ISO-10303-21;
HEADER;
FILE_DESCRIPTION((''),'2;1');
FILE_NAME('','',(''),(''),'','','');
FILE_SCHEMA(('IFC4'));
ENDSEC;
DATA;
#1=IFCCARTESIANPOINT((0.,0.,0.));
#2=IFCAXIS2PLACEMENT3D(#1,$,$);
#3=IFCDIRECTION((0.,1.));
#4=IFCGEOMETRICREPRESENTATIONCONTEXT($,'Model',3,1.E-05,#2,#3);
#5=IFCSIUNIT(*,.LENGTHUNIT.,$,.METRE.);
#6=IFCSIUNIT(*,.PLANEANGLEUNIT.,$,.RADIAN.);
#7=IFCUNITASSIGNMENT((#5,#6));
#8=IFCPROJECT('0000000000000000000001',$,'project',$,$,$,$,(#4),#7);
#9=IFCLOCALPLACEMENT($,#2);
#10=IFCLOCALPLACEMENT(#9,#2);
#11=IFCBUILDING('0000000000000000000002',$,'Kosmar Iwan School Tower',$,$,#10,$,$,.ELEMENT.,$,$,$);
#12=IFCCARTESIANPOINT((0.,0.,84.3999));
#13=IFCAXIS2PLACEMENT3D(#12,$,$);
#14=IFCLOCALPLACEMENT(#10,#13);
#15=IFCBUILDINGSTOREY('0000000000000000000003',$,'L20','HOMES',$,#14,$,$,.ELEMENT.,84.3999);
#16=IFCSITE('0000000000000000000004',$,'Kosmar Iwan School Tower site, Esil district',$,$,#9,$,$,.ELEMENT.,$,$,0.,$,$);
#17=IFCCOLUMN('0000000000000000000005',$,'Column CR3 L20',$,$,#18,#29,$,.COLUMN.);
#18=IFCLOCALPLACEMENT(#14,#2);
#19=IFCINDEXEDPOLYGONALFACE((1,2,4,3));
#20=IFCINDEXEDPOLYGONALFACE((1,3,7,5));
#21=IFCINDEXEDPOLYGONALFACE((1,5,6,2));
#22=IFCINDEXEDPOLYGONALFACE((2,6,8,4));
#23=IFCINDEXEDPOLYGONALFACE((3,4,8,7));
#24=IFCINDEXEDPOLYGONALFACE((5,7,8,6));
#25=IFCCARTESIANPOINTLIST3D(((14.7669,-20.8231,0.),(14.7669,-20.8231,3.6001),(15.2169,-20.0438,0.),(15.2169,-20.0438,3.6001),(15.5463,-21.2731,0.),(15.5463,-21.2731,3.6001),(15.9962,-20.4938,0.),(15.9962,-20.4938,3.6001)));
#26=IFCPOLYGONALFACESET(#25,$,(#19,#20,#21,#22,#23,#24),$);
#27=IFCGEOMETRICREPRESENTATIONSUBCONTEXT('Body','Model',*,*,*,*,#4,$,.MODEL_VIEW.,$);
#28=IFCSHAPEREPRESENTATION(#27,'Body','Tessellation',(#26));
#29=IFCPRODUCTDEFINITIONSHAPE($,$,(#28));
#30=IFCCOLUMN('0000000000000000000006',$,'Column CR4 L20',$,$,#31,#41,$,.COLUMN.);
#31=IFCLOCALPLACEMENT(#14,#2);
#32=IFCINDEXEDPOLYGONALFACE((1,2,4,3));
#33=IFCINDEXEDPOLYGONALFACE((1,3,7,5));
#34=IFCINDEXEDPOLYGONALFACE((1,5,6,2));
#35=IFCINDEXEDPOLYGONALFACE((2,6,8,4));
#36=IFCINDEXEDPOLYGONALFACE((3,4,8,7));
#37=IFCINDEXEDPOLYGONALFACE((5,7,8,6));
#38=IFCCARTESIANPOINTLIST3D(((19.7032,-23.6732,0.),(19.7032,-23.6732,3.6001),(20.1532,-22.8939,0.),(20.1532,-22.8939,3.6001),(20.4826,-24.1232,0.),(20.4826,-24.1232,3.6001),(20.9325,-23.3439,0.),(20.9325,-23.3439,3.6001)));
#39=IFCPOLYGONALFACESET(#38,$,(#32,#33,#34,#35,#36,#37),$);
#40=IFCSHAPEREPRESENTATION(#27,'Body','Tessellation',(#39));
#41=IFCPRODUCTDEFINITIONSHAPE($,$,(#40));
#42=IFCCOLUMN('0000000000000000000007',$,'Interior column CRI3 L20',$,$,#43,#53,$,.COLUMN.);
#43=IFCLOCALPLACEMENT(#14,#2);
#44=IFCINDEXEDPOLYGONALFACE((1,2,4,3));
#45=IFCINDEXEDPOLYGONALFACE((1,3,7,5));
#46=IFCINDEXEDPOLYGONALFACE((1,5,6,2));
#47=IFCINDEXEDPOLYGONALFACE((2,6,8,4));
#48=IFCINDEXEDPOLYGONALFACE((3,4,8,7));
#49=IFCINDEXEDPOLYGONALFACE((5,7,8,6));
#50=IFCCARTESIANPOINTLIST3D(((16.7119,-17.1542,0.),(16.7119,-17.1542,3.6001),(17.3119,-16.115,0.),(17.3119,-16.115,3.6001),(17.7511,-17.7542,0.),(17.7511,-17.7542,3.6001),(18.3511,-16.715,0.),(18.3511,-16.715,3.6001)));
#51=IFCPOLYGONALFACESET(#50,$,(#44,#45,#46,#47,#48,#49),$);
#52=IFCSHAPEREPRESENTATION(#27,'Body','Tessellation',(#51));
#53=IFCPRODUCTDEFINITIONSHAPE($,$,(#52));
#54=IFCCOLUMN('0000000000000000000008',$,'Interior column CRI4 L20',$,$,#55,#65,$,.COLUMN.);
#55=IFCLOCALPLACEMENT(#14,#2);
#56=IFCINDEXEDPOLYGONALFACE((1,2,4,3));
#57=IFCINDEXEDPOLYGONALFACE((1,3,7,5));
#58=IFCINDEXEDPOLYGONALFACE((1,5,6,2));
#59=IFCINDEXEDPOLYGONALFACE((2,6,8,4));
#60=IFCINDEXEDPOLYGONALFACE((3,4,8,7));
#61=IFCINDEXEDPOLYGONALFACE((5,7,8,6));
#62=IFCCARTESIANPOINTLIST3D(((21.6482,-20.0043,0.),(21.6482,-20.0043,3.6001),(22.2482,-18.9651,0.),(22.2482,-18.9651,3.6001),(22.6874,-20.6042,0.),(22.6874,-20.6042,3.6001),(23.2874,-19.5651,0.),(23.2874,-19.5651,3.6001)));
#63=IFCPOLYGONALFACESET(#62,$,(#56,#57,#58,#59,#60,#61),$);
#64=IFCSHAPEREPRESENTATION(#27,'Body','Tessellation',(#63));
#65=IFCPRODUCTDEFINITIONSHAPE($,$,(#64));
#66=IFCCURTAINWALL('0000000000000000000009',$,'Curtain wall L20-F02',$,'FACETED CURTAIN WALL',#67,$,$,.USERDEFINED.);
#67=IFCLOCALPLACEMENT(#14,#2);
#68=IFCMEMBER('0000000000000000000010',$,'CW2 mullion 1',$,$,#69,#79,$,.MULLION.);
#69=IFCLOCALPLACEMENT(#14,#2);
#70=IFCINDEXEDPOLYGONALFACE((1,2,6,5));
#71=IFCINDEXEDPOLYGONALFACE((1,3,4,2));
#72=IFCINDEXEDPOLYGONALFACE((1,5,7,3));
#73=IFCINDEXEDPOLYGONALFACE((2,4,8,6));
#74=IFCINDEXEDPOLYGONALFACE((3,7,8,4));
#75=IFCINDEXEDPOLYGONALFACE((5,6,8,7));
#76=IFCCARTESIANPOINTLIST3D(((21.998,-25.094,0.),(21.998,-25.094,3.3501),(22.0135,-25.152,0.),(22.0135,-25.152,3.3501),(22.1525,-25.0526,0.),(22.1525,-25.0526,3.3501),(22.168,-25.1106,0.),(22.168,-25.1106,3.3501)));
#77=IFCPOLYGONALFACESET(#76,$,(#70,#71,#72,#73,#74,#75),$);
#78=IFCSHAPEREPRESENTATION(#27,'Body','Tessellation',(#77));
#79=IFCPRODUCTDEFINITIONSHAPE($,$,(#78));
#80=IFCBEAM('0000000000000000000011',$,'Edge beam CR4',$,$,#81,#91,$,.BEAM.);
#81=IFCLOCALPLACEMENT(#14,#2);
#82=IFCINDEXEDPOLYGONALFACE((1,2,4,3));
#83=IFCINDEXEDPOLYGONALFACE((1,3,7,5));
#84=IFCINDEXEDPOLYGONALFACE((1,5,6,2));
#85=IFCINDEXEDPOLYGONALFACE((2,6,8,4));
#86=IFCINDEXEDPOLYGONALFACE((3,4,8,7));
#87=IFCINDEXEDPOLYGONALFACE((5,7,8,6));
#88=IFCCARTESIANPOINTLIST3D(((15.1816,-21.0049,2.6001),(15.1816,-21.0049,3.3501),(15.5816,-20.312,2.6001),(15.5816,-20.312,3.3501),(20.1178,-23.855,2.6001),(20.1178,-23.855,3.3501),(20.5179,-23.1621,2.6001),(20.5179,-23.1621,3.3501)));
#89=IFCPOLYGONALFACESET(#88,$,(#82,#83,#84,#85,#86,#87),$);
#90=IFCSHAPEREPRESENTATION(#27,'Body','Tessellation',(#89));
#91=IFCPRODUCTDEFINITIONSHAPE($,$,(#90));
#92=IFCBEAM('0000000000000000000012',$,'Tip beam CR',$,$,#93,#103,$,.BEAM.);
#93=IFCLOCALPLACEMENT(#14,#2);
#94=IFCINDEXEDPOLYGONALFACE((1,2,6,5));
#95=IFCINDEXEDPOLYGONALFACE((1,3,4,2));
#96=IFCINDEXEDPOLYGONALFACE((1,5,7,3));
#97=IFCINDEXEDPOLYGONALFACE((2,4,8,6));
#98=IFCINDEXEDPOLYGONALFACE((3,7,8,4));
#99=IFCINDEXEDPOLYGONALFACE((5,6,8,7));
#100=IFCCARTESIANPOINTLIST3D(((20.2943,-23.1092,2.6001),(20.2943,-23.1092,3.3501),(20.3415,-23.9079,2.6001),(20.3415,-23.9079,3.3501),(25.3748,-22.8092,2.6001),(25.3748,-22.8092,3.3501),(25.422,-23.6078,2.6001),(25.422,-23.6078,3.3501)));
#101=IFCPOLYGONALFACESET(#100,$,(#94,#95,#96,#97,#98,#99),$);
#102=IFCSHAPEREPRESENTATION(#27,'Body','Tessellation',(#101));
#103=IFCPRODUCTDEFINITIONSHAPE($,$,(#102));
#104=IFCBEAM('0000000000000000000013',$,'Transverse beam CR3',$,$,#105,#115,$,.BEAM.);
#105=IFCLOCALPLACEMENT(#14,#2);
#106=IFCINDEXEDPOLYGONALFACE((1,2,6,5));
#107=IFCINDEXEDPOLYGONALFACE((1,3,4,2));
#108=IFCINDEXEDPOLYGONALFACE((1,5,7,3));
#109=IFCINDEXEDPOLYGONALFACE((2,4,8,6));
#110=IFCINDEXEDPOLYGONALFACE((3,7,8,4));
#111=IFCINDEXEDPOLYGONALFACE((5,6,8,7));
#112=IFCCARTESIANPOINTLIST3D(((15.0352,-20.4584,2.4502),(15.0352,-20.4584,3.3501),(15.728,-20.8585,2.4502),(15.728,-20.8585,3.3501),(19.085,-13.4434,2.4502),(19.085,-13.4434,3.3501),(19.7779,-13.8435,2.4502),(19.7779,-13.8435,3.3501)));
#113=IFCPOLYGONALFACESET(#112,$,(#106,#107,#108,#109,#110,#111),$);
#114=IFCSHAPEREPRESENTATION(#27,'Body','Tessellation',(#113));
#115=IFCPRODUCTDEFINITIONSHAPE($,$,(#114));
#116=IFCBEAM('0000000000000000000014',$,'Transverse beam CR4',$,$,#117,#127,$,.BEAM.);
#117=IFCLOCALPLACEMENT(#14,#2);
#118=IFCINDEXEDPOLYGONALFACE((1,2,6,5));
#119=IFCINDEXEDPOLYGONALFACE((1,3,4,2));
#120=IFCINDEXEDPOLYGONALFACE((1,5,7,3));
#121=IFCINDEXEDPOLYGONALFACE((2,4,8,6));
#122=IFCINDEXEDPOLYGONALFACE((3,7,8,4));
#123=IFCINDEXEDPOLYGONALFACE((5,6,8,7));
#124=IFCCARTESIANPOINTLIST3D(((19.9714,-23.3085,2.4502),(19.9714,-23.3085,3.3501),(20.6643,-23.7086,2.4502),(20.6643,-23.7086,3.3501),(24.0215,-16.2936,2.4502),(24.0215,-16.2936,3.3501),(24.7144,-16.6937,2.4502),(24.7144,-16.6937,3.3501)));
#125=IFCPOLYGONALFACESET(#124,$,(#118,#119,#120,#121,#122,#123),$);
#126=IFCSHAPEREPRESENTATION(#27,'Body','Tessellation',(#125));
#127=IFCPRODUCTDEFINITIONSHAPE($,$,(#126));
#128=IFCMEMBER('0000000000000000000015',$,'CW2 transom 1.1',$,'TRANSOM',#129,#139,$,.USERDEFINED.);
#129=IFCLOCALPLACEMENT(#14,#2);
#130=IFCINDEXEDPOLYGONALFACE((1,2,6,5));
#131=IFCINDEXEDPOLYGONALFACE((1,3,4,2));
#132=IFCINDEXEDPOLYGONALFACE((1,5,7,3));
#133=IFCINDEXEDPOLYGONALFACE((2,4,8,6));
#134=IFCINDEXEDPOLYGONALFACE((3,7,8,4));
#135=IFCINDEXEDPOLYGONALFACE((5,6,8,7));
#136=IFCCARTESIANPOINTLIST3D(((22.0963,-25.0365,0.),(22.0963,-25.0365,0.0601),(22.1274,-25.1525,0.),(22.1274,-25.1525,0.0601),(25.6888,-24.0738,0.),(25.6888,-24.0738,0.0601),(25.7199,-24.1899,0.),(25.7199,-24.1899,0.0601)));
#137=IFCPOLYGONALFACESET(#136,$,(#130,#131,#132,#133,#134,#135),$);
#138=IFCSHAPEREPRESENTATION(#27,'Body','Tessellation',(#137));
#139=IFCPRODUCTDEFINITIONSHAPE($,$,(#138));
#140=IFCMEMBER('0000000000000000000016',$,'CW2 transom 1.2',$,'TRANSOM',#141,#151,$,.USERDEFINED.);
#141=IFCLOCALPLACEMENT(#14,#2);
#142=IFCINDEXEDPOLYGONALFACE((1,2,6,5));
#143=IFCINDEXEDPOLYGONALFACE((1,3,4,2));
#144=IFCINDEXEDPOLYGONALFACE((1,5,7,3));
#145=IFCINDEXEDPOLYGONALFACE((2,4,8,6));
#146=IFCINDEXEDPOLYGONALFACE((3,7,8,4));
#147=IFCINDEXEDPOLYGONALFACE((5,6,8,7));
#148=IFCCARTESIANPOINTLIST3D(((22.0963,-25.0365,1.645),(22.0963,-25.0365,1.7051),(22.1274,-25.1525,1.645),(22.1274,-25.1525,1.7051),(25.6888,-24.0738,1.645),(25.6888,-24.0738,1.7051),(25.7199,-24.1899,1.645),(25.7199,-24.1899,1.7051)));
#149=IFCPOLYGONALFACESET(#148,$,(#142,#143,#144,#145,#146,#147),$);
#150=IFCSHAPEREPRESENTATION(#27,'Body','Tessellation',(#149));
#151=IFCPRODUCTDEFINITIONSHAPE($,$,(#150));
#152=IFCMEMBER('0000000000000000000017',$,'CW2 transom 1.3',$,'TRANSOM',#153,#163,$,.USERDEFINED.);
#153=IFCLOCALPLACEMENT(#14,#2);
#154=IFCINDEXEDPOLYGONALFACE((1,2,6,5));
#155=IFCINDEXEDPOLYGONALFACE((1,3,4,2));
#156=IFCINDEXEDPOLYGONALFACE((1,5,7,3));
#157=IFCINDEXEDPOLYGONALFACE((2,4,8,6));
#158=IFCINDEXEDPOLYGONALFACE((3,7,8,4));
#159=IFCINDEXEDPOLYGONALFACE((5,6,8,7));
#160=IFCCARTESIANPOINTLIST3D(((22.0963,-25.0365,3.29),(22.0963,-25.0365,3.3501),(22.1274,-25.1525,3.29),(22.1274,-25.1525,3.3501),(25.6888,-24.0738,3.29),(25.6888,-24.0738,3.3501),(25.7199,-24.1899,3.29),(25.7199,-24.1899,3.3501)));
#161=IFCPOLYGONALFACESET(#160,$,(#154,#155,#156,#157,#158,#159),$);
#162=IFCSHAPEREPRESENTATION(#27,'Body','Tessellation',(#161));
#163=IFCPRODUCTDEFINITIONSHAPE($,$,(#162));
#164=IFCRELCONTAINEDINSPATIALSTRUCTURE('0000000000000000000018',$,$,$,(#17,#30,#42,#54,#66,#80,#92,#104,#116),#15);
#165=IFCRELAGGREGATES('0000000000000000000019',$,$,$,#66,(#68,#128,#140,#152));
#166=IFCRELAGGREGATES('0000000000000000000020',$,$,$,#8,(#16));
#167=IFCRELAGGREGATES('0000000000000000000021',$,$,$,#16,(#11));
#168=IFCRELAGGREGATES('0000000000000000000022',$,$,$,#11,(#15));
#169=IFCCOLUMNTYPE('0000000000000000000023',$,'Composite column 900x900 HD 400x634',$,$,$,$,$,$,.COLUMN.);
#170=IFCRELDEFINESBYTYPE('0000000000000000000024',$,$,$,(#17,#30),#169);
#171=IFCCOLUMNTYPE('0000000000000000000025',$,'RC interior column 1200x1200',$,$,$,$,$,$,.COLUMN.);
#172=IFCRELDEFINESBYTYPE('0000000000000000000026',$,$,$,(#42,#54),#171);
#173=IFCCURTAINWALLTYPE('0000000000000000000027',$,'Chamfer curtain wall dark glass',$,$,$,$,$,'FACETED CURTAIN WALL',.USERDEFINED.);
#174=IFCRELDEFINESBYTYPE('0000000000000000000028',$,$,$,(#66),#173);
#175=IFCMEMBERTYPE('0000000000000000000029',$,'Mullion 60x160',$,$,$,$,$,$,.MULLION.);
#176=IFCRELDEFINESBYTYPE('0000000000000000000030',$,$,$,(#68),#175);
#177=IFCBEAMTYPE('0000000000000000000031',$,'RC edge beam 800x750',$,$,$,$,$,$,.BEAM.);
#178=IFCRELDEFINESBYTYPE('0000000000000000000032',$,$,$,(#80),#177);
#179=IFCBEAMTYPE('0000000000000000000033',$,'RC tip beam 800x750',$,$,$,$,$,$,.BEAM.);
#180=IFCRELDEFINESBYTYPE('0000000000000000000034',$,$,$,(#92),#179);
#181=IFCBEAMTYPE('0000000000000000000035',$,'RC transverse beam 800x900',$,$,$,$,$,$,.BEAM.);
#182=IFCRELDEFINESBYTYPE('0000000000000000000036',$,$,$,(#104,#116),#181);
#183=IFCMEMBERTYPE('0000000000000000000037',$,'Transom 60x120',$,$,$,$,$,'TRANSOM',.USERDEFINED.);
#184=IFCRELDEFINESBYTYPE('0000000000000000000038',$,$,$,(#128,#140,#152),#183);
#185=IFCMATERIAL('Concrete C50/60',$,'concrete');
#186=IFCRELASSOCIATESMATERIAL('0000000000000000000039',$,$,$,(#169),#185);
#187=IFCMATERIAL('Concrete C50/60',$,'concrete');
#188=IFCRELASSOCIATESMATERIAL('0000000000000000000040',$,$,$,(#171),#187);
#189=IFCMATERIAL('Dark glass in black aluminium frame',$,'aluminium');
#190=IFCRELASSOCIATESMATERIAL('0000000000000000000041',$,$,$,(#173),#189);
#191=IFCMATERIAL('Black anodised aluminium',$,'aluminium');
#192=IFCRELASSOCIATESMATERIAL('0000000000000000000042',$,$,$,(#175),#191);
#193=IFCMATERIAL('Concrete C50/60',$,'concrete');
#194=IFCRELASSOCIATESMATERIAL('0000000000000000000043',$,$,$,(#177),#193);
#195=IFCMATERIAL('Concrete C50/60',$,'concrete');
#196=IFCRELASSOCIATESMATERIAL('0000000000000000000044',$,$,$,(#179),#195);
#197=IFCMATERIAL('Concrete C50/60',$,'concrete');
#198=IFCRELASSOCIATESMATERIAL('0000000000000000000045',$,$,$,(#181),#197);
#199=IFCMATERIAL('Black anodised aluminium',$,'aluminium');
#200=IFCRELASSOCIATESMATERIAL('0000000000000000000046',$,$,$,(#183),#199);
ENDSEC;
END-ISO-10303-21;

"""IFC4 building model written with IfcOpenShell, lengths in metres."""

from ifc_helpers import new_model, si_unit, direction, frame, origin, origin_2d, place, context, subcontext, project, spatial, rectangle, extrude, material, material_profile, profile_set, type_object, element, aggregate, save


model = new_model("IFC4")

# Units and contexts
model_context = context("Model", 3, precision=1e-05, world=origin(), true_north=direction((0.0, 1.0)))
body_context = subcontext(model_context, "Body", "Model", "MODEL_VIEW")
ifc_project = project(units=[si_unit("LENGTHUNIT", "METRE"), si_unit("PLANEANGLEUNIT", "RADIAN")], contexts=[model_context])

# Site, building, storey
site_placement = place(None, origin())
site = spatial("IfcSite", under=ifc_project, at=site_placement, Name="Kosmar Iwan School Tower site, Esil district", CompositionType="ELEMENT", RefElevation=0.0)
building_placement = place(site_placement, origin())
building = spatial("IfcBuilding", under=site, at=building_placement, Name="Kosmar Iwan School Tower", CompositionType="ELEMENT")
storey_placement = place(building_placement, frame((0.0, 0.0, 84.3999)))
storey = spatial("IfcBuildingStorey", under=building, at=storey_placement, Name="L20", Description="HOMES", CompositionType="ELEMENT", Elevation=84.3999)

# Columns
ifc_material_1 = material(Name="Concrete C50/60", Category="concrete")
ifc_material_profile_1 = material_profile(ifc_material_1, rectangle(XDim=0.8999, YDim=0.8999, at=origin_2d()), Name="RC 900x900 + HD 400x634")
ifc_profile_set_1 = profile_set([ifc_material_profile_1], Name="Concrete C50/60")
column_type_1 = type_object("IfcColumnType", Name="Composite column 900x900 HD 400x634", PredefinedType="COLUMN", material=ifc_profile_set_1)
for number, where, z_axis, x_axis, name in (
    (1, (15.3816, -20.6584, 0.0), (0.0, 0.0, 1.0), (0.866025, -0.5, 0.0), "Column CR3 L20"),
    (2, (20.3179, -23.5085, 0.0), (0.0, 0.0, 1.0), (0.866025, -0.5, 0.0), "Column CR4 L20"),
):
    element("IfcColumn", number, at=place(storey_placement, frame(where, z_axis=z_axis, x_axis=x_axis)), inside=storey, type_object=column_type_1, Name=name, PredefinedType="COLUMN", context=body_context, shape_type="SweptSolid", body=[
        extrude(rectangle(XDim=0.8999, YDim=0.8999, at=origin_2d()), origin(), (0.0, 0.0, 1.0), 3.6001),
    ])
ifc_material_2 = material(Name="Concrete C50/60", Category="concrete")
ifc_material_profile_2 = material_profile(ifc_material_2, rectangle(XDim=1.2, YDim=1.2, at=origin_2d()), Name="RC 1200x1200")
ifc_profile_set_2 = profile_set([ifc_material_profile_2], Name="Concrete C50/60")
column_type_2 = type_object("IfcColumnType", Name="RC interior column 1200x1200", PredefinedType="COLUMN", material=ifc_profile_set_2)
for number, where, z_axis, x_axis, name in (
    (3, (17.5315, -16.9346, 0.0), (0.0, 0.0, 1.0), (0.866025, -0.5, 0.0), "Interior column CRI3 L20"),
    (4, (22.4678, -19.7847, 0.0), (0.0, 0.0, 1.0), (0.866025, -0.5, 0.0), "Interior column CRI4 L20"),
):
    element("IfcColumn", number, at=place(storey_placement, frame(where, z_axis=z_axis, x_axis=x_axis)), inside=storey, type_object=column_type_2, Name=name, PredefinedType="COLUMN", context=body_context, shape_type="SweptSolid", body=[
        extrude(rectangle(XDim=1.2, YDim=1.2, at=origin_2d()), origin(), (0.0, 0.0, 1.0), 3.6001),
    ])

# Curtain wall, member
ifc_material_3 = material(Name="Dark glass in black aluminium frame", Category="aluminium")
curtain_wall_type = type_object("IfcCurtainWallType", Name="Chamfer curtain wall dark glass", ElementType="FACETED CURTAIN WALL", PredefinedType="USERDEFINED", material=ifc_material_3)
curtain_wall_placement = place(storey_placement, origin())
curtain_wall = element("IfcCurtainWall", 5, at=curtain_wall_placement, inside=storey, type_object=curtain_wall_type, Name="Curtain wall L20-F02", ObjectType="FACETED CURTAIN WALL", PredefinedType="USERDEFINED")
ifc_material_4 = material(Name="Black anodised aluminium", Category="aluminium")
ifc_material_profile_3 = material_profile(ifc_material_4, rectangle(XDim=0.0601, YDim=0.1599, at=origin_2d()), Name="MULLION 60x160")
ifc_profile_set_3 = profile_set([ifc_material_profile_3], Name="Black anodised aluminium")
member_type_1 = type_object("IfcMemberType", Name="Mullion 60x160", PredefinedType="MULLION", material=ifc_profile_set_3)
member_1_placement = place(storey_placement, frame((22.083, -25.1023, 0.0), z_axis=(0.0, 0.0, 1.0), x_axis=(-0.258819, 0.965926, 0.0)))
member_1 = element("IfcMember", 6, at=member_1_placement, type_object=member_type_1, Name="CW2 mullion 1", PredefinedType="MULLION", context=body_context, shape_type="SweptSolid", body=[
    extrude(rectangle(XDim=0.0601, YDim=0.1599, at=origin_2d()), origin(), (0.0, 0.0, 1.0), 3.3501),
])

# Beams
ifc_material_5 = material(Name="Concrete C50/60", Category="concrete")
ifc_material_profile_4 = material_profile(ifc_material_5, rectangle(XDim=0.8, YDim=0.75, at=origin_2d()), Name="RC 800x750")
ifc_profile_set_4 = profile_set([ifc_material_profile_4], Name="Concrete C50/60")
beam_type_1 = type_object("IfcBeamType", Name="RC edge beam 800x750", PredefinedType="BEAM", material=ifc_profile_set_4)
beam_1_placement = place(storey_placement, frame((15.3816, -20.6584, 2.9751), z_axis=(0.866015, -0.500018, 0.0), x_axis=(0.500018, 0.866015, 0.0)))
element("IfcBeam", 7, at=beam_1_placement, inside=storey, type_object=beam_type_1, Name="Edge beam CR4", PredefinedType="BEAM", context=body_context, shape_type="SweptSolid", body=[
    extrude(rectangle(XDim=0.8, YDim=0.75, at=origin_2d()), origin(), (0.0, 0.0, 1.0), 5.7),
])
ifc_material_6 = material(Name="Concrete C50/60", Category="concrete")
ifc_material_profile_5 = material_profile(ifc_material_6, rectangle(XDim=0.8, YDim=0.75, at=origin_2d()), Name="RC 800x750")
ifc_profile_set_5 = profile_set([ifc_material_profile_5], Name="Concrete C50/60")
beam_type_2 = type_object("IfcBeamType", Name="RC tip beam 800x750", PredefinedType="BEAM", material=ifc_profile_set_5)
beam_2_placement = place(storey_placement, frame((20.3179, -23.5085, 2.9751), z_axis=(0.998261, 0.058955, 0.0), x_axis=(-0.058955, 0.998261, 0.0)))
element("IfcBeam", 8, at=beam_2_placement, inside=storey, type_object=beam_type_2, Name="Tip beam CR", PredefinedType="BEAM", context=body_context, shape_type="SweptSolid", body=[
    extrude(rectangle(XDim=0.8, YDim=0.75, at=origin_2d()), origin(), (0.0, 0.0, 1.0), 5.0894),
])
ifc_material_7 = material(Name="Concrete C50/60", Category="concrete")
ifc_material_profile_6 = material_profile(ifc_material_7, rectangle(XDim=0.8, YDim=0.8999, at=origin_2d()), Name="RC 800x900")
ifc_profile_set_6 = profile_set([ifc_material_profile_6], Name="Concrete C50/60")
beam_type_3 = type_object("IfcBeamType", Name="RC transverse beam 800x900", PredefinedType="BEAM", material=ifc_profile_set_6)
for number, where, z_axis, x_axis, name in (
    (9, (15.3816, -20.6584, 2.9001), (0.499977, 0.866039, 0.0), (-0.866039, 0.499977, 0.0), "Transverse beam CR3"),
    (10, (20.3179, -23.5085, 2.9001), (0.5, 0.866025, 0.0), (-0.866025, 0.5, 0.0), "Transverse beam CR4"),
):
    element("IfcBeam", number, at=place(storey_placement, frame(where, z_axis=z_axis, x_axis=x_axis)), inside=storey, type_object=beam_type_3, Name=name, PredefinedType="BEAM", context=body_context, shape_type="SweptSolid", body=[
        extrude(rectangle(XDim=0.8, YDim=0.8999, at=origin_2d()), origin(), (0.0, 0.0, 1.0), 8.1001),
    ])

# Members
ifc_material_8 = material(Name="Black anodised aluminium", Category="aluminium")
ifc_material_profile_7 = material_profile(ifc_material_8, rectangle(XDim=0.1201, YDim=0.0601, at=origin_2d()), Name="TRANSOM 60x120")
ifc_profile_set_7 = profile_set([ifc_material_profile_7], Name="Black anodised aluminium")
member_type_2 = type_object("IfcMemberType", Name="Transom 60x120", ElementType="TRANSOM", PredefinedType="USERDEFINED", material=ifc_profile_set_7)
member_2_placement = place(storey_placement, frame((22.1118, -25.0945, 0.03), z_axis=(0.965924, 0.258827, 0.0), x_axis=(-0.258827, 0.965924, 0.0)))
member_2 = element("IfcMember", 11, at=member_2_placement, type_object=member_type_2, Name="CW2 transom 1.1", ObjectType="TRANSOM", PredefinedType="USERDEFINED", context=body_context, shape_type="SweptSolid", body=[
    extrude(rectangle(XDim=0.1201, YDim=0.0601, at=origin_2d()), origin(), (0.0, 0.0, 1.0), 3.7192),
])
member_3_placement = place(storey_placement, frame((22.1118, -25.0945, 1.675), z_axis=(0.965924, 0.258827, 0.0), x_axis=(-0.258827, 0.965924, 0.0)))
member_3 = element("IfcMember", 12, at=member_3_placement, type_object=member_type_2, Name="CW2 transom 1.2", ObjectType="TRANSOM", PredefinedType="USERDEFINED", context=body_context, shape_type="SweptSolid", body=[
    extrude(rectangle(XDim=0.1201, YDim=0.0601, at=origin_2d()), origin(), (0.0, 0.0, 1.0), 3.7192),
])
member_4_placement = place(storey_placement, frame((22.1118, -25.0945, 3.3201), z_axis=(0.965924, 0.258827, 0.0), x_axis=(-0.258827, 0.965924, 0.0)))
member_4 = element("IfcMember", 13, at=member_4_placement, type_object=member_type_2, Name="CW2 transom 1.3", ObjectType="TRANSOM", PredefinedType="USERDEFINED", context=body_context, shape_type="SweptSolid", body=[
    extrude(rectangle(XDim=0.1201, YDim=0.0601, at=origin_2d()), origin(), (0.0, 0.0, 1.0), 3.7192),
])
aggregate(curtain_wall, [member_1, member_2, member_3, member_4])

save(model, "model.ifc")
